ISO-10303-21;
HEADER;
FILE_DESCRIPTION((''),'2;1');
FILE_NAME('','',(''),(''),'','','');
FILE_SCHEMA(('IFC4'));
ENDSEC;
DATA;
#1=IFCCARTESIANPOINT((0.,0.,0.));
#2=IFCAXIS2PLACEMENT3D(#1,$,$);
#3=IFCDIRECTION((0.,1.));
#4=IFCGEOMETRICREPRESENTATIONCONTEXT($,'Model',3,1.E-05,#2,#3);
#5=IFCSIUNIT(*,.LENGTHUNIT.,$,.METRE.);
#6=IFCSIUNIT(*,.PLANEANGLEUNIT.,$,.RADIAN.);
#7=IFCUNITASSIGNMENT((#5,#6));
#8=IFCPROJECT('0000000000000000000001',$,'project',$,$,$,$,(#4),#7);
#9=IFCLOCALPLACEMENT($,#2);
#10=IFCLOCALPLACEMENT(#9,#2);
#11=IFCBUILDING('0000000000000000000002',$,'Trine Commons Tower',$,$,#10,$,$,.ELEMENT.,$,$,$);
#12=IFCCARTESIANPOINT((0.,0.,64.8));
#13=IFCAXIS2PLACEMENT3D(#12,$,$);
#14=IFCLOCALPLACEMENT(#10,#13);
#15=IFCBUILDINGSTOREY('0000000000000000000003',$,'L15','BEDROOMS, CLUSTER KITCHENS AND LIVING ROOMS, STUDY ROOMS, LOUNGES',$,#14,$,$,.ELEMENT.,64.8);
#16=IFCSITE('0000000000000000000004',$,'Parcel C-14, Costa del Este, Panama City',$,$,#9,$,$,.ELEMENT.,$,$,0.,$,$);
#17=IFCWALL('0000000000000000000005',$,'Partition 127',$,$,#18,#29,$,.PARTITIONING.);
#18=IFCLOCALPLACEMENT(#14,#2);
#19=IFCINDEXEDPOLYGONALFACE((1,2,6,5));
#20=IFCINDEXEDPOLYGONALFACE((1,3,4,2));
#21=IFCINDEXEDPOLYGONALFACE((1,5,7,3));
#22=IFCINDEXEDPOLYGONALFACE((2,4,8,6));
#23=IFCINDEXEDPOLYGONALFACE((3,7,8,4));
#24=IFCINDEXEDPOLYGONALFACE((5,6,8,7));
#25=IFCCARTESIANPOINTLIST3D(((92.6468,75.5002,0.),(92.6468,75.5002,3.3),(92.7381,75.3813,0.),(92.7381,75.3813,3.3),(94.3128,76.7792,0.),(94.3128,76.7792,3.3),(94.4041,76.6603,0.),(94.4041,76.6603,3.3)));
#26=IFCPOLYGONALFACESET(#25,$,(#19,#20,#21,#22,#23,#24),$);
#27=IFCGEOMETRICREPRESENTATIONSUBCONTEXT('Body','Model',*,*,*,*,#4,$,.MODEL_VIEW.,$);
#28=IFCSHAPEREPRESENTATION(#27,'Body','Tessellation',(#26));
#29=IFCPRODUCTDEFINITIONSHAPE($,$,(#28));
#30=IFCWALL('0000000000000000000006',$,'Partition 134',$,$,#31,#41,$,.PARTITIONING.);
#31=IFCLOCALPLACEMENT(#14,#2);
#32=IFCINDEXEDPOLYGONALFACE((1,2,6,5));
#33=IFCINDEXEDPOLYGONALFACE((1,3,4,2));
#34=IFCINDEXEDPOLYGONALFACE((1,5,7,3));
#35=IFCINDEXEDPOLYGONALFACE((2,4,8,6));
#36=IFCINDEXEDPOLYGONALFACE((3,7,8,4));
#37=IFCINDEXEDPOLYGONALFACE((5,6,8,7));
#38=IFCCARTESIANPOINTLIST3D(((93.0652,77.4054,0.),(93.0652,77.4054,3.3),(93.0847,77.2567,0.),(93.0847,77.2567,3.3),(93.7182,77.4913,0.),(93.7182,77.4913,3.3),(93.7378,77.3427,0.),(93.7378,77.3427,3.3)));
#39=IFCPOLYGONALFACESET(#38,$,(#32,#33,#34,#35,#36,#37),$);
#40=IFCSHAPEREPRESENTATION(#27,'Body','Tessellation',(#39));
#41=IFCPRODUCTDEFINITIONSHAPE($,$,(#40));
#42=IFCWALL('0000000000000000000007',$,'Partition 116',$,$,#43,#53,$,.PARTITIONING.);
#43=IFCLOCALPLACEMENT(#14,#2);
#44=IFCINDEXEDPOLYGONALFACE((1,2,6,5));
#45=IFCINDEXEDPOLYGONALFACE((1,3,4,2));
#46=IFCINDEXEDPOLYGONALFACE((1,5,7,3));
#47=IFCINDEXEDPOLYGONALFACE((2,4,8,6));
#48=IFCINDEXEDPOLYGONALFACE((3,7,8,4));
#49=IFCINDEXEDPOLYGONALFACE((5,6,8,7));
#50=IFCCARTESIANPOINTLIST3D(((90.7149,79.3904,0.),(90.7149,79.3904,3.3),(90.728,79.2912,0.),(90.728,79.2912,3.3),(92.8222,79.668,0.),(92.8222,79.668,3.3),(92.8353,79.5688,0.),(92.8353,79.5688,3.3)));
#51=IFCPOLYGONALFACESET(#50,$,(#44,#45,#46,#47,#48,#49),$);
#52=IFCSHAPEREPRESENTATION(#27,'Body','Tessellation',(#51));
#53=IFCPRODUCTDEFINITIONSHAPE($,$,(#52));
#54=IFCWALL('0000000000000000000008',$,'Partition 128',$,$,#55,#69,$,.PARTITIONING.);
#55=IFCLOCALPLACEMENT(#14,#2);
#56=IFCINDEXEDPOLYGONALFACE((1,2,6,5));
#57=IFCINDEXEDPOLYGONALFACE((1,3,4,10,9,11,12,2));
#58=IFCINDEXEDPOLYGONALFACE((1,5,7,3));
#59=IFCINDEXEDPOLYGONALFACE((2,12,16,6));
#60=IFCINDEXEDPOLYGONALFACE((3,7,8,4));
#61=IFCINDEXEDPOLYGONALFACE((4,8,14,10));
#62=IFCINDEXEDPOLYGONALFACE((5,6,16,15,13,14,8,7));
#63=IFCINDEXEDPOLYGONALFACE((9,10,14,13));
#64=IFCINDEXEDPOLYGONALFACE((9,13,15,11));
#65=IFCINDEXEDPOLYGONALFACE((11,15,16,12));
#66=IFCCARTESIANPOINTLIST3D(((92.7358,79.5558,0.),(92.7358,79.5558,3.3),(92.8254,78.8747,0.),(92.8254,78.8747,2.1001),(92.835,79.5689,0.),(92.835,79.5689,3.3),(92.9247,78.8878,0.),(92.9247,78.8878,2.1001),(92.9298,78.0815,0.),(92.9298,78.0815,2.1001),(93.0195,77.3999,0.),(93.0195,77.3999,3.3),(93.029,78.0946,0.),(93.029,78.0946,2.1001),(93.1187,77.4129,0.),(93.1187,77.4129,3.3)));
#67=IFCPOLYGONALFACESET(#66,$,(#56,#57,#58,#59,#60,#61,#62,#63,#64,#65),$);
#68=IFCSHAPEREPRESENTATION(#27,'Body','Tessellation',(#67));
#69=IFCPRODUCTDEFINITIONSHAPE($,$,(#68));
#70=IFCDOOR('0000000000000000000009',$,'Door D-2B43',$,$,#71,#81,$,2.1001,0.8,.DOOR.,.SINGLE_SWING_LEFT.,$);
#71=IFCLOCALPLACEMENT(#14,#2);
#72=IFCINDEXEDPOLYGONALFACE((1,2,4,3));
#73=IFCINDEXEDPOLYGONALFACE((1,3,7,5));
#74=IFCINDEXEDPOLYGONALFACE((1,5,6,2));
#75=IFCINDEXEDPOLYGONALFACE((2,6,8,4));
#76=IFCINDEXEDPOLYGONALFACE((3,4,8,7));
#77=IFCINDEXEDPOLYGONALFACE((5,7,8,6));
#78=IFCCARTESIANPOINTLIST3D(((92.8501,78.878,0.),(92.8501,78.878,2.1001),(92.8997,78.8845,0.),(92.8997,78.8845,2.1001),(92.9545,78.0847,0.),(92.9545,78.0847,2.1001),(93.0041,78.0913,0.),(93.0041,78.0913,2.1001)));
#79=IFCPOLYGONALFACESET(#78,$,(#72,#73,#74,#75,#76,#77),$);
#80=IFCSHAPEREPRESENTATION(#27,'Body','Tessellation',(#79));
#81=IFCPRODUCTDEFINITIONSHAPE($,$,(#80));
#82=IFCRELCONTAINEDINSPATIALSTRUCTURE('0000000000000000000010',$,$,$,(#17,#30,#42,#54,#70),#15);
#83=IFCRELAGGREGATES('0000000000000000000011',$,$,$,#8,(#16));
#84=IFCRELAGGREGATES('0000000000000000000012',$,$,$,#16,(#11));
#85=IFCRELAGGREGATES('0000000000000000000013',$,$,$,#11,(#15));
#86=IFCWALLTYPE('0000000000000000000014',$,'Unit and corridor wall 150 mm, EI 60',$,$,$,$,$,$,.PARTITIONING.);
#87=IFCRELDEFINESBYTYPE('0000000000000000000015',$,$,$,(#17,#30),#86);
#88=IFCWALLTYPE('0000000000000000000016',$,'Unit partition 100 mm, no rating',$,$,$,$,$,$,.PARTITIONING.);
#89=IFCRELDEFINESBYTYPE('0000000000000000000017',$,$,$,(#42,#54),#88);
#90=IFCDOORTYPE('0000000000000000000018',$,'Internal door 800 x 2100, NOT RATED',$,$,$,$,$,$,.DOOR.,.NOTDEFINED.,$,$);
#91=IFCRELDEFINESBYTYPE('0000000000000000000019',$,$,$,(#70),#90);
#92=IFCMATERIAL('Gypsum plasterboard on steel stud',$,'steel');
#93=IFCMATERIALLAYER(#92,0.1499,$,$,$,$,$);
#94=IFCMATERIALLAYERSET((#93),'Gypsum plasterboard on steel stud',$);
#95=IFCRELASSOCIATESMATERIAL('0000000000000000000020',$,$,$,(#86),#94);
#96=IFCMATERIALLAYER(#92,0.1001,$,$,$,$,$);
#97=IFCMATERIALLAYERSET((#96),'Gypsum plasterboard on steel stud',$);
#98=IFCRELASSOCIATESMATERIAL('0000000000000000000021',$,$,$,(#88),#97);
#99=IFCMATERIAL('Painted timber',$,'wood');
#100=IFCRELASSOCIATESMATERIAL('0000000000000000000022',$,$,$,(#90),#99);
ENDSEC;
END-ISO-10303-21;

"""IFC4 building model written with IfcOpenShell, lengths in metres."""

from ifc_helpers import new_model, si_unit, direction, frame, frame_2d, origin, place, context, subcontext, project, spatial, rectangle, extrude, material, layer, layer_set, type_object, element, fill, save


model = new_model("IFC4")

# Units and contexts
model_context = context("Model", 3, precision=1e-05, world=origin(), true_north=direction((0.0, 1.0)))
body_context = subcontext(model_context, "Body", "Model", "MODEL_VIEW")
ifc_project = project(units=[si_unit("LENGTHUNIT", "METRE"), si_unit("PLANEANGLEUNIT", "RADIAN")], contexts=[model_context])

# Site, building, storey
site_placement = place(None, origin())
site = spatial("IfcSite", under=ifc_project, at=site_placement, Name="Parcel C-14, Costa del Este, Panama City", CompositionType="ELEMENT", RefElevation=0.0)
building_placement = place(site_placement, origin())
building = spatial("IfcBuilding", under=site, at=building_placement, Name="Trine Commons Tower", CompositionType="ELEMENT")
storey_placement = place(building_placement, frame((0.0, 0.0, 64.8)))
storey = spatial("IfcBuildingStorey", under=building, at=storey_placement, Name="L15", Description="BEDROOMS, CLUSTER KITCHENS AND LIVING ROOMS, STUDY ROOMS, LOUNGES", CompositionType="ELEMENT", Elevation=64.8)

# Shared definitions
ifc_material_1 = material(Name="Gypsum plasterboard on steel stud", Category="steel")
ifc_layer_1 = layer(ifc_material_1, 0.1499)
ifc_layer_set_1 = layer_set([ifc_layer_1], Name="Gypsum plasterboard on steel stud")
wall_type_1 = type_object("IfcWallType", Name="Unit and corridor wall 150 mm, EI 60", PredefinedType="PARTITIONING", material=ifc_layer_set_1)
ifc_material_2 = material(Name="Painted timber", Category="wood")

# Walls
wall_1_placement = place(storey_placement, frame((92.6924, 75.4407, 0.0), z_axis=(0.0, 0.0, 1.0), x_axis=(0.793198, 0.608963, 0.0)))
element("IfcWall", 1, at=wall_1_placement, inside=storey, type_object=wall_type_1, Name="Partition 127", PredefinedType="PARTITIONING", context=body_context, shape_type="SweptSolid", body=[
    extrude(rectangle(XDim=2.1003, YDim=0.1499, at=frame_2d((1.0503, 0.0))), origin(), (0.0, 0.0, 1.0), 3.3),
])
wall_2_placement = place(storey_placement, frame((93.075, 77.3311, 0.0), z_axis=(0.0, 0.0, 1.0), x_axis=(0.991453, 0.130464, 0.0)))
element("IfcWall", 2, at=wall_2_placement, inside=storey, type_object=wall_type_1, Name="Partition 134", PredefinedType="PARTITIONING", context=body_context, shape_type="SweptSolid", body=[
    extrude(rectangle(XDim=0.6587, YDim=0.1499, at=frame_2d((0.3293, 0.0))), origin(), (0.0, 0.0, 1.0), 3.3),
])
ifc_layer_2 = layer(ifc_material_1, 0.1001)
ifc_layer_set_2 = layer_set([ifc_layer_2], Name="Gypsum plasterboard on steel stud")
wall_type_2 = type_object("IfcWallType", Name="Unit partition 100 mm, no rating", PredefinedType="PARTITIONING", material=ifc_layer_set_2)
wall_3_placement = place(storey_placement, frame((90.7214, 79.3408, 0.0), z_axis=(0.0, 0.0, 1.0), x_axis=(0.991434, 0.130606, 0.0)))
element("IfcWall", 3, at=wall_3_placement, inside=storey, type_object=wall_type_2, Name="Partition 116", PredefinedType="PARTITIONING", context=body_context, shape_type="SweptSolid", body=[
    extrude(rectangle(XDim=2.1255, YDim=0.1001, at=frame_2d((1.0627, 0.0))), origin(), (0.0, 0.0, 1.0), 3.3),
])

# Wall, opening, door
wall_4_placement = place(storey_placement, frame((92.7854, 79.5625, 0.0), z_axis=(0.0, 0.0, 1.0), x_axis=(0.130457, -0.991454, 0.0)))
wall_4 = element("IfcWall", 4, at=wall_4_placement, inside=storey, type_object=wall_type_2, Name="Partition 128", PredefinedType="PARTITIONING", context=body_context, shape_type="SweptSolid", body=[
    extrude(rectangle(XDim=2.1746, YDim=0.1001, at=frame_2d((1.0874, 0.0))), origin(), (0.0, 0.0, 1.0), 3.3),
])
opening_1_placement = place(wall_4_placement, frame((0.6873, 0.0, 0.0)))
opening_1 = element("IfcOpeningElement", 5, at=opening_1_placement, cuts=wall_4, PredefinedType="OPENING", context=body_context, shape_type="SweptSolid", body=[
    extrude(rectangle(XDim=0.8, YDim=2.1001, at=frame_2d((0.3999, 1.05))), frame((0.0, 0.0601, 0.0), z_axis=(0.0, -1.0, 0.0), x_axis=(1.0, 0.0, 0.0)), (0.0, 0.0, 1.0), 0.1201),
])
door_type_1 = type_object("IfcDoorType", Name="Internal door 800 x 2100, NOT RATED", OperationType="NOTDEFINED", PredefinedType="DOOR", material=ifc_material_2)
door_1_placement = place(opening_1_placement, origin())
door_1 = element("IfcDoor", 6, at=door_1_placement, inside=storey, type_object=door_type_1, Name="Door D-2B43", OperationType="SINGLE_SWING_LEFT", OverallHeight=2.1001, OverallWidth=0.8, PredefinedType="DOOR", context=body_context, shape_type="SweptSolid", body=[
    extrude(rectangle(XDim=0.8, YDim=2.1001, at=frame_2d((0.3999, 1.05))), frame((0.0, 0.0249, 0.0), z_axis=(0.0, -1.0, 0.0), x_axis=(1.0, 0.0, 0.0)), (0.0, 0.0, 1.0), 0.05),
])
fill(opening_1, door_1)

save(model, "model.ifc")
